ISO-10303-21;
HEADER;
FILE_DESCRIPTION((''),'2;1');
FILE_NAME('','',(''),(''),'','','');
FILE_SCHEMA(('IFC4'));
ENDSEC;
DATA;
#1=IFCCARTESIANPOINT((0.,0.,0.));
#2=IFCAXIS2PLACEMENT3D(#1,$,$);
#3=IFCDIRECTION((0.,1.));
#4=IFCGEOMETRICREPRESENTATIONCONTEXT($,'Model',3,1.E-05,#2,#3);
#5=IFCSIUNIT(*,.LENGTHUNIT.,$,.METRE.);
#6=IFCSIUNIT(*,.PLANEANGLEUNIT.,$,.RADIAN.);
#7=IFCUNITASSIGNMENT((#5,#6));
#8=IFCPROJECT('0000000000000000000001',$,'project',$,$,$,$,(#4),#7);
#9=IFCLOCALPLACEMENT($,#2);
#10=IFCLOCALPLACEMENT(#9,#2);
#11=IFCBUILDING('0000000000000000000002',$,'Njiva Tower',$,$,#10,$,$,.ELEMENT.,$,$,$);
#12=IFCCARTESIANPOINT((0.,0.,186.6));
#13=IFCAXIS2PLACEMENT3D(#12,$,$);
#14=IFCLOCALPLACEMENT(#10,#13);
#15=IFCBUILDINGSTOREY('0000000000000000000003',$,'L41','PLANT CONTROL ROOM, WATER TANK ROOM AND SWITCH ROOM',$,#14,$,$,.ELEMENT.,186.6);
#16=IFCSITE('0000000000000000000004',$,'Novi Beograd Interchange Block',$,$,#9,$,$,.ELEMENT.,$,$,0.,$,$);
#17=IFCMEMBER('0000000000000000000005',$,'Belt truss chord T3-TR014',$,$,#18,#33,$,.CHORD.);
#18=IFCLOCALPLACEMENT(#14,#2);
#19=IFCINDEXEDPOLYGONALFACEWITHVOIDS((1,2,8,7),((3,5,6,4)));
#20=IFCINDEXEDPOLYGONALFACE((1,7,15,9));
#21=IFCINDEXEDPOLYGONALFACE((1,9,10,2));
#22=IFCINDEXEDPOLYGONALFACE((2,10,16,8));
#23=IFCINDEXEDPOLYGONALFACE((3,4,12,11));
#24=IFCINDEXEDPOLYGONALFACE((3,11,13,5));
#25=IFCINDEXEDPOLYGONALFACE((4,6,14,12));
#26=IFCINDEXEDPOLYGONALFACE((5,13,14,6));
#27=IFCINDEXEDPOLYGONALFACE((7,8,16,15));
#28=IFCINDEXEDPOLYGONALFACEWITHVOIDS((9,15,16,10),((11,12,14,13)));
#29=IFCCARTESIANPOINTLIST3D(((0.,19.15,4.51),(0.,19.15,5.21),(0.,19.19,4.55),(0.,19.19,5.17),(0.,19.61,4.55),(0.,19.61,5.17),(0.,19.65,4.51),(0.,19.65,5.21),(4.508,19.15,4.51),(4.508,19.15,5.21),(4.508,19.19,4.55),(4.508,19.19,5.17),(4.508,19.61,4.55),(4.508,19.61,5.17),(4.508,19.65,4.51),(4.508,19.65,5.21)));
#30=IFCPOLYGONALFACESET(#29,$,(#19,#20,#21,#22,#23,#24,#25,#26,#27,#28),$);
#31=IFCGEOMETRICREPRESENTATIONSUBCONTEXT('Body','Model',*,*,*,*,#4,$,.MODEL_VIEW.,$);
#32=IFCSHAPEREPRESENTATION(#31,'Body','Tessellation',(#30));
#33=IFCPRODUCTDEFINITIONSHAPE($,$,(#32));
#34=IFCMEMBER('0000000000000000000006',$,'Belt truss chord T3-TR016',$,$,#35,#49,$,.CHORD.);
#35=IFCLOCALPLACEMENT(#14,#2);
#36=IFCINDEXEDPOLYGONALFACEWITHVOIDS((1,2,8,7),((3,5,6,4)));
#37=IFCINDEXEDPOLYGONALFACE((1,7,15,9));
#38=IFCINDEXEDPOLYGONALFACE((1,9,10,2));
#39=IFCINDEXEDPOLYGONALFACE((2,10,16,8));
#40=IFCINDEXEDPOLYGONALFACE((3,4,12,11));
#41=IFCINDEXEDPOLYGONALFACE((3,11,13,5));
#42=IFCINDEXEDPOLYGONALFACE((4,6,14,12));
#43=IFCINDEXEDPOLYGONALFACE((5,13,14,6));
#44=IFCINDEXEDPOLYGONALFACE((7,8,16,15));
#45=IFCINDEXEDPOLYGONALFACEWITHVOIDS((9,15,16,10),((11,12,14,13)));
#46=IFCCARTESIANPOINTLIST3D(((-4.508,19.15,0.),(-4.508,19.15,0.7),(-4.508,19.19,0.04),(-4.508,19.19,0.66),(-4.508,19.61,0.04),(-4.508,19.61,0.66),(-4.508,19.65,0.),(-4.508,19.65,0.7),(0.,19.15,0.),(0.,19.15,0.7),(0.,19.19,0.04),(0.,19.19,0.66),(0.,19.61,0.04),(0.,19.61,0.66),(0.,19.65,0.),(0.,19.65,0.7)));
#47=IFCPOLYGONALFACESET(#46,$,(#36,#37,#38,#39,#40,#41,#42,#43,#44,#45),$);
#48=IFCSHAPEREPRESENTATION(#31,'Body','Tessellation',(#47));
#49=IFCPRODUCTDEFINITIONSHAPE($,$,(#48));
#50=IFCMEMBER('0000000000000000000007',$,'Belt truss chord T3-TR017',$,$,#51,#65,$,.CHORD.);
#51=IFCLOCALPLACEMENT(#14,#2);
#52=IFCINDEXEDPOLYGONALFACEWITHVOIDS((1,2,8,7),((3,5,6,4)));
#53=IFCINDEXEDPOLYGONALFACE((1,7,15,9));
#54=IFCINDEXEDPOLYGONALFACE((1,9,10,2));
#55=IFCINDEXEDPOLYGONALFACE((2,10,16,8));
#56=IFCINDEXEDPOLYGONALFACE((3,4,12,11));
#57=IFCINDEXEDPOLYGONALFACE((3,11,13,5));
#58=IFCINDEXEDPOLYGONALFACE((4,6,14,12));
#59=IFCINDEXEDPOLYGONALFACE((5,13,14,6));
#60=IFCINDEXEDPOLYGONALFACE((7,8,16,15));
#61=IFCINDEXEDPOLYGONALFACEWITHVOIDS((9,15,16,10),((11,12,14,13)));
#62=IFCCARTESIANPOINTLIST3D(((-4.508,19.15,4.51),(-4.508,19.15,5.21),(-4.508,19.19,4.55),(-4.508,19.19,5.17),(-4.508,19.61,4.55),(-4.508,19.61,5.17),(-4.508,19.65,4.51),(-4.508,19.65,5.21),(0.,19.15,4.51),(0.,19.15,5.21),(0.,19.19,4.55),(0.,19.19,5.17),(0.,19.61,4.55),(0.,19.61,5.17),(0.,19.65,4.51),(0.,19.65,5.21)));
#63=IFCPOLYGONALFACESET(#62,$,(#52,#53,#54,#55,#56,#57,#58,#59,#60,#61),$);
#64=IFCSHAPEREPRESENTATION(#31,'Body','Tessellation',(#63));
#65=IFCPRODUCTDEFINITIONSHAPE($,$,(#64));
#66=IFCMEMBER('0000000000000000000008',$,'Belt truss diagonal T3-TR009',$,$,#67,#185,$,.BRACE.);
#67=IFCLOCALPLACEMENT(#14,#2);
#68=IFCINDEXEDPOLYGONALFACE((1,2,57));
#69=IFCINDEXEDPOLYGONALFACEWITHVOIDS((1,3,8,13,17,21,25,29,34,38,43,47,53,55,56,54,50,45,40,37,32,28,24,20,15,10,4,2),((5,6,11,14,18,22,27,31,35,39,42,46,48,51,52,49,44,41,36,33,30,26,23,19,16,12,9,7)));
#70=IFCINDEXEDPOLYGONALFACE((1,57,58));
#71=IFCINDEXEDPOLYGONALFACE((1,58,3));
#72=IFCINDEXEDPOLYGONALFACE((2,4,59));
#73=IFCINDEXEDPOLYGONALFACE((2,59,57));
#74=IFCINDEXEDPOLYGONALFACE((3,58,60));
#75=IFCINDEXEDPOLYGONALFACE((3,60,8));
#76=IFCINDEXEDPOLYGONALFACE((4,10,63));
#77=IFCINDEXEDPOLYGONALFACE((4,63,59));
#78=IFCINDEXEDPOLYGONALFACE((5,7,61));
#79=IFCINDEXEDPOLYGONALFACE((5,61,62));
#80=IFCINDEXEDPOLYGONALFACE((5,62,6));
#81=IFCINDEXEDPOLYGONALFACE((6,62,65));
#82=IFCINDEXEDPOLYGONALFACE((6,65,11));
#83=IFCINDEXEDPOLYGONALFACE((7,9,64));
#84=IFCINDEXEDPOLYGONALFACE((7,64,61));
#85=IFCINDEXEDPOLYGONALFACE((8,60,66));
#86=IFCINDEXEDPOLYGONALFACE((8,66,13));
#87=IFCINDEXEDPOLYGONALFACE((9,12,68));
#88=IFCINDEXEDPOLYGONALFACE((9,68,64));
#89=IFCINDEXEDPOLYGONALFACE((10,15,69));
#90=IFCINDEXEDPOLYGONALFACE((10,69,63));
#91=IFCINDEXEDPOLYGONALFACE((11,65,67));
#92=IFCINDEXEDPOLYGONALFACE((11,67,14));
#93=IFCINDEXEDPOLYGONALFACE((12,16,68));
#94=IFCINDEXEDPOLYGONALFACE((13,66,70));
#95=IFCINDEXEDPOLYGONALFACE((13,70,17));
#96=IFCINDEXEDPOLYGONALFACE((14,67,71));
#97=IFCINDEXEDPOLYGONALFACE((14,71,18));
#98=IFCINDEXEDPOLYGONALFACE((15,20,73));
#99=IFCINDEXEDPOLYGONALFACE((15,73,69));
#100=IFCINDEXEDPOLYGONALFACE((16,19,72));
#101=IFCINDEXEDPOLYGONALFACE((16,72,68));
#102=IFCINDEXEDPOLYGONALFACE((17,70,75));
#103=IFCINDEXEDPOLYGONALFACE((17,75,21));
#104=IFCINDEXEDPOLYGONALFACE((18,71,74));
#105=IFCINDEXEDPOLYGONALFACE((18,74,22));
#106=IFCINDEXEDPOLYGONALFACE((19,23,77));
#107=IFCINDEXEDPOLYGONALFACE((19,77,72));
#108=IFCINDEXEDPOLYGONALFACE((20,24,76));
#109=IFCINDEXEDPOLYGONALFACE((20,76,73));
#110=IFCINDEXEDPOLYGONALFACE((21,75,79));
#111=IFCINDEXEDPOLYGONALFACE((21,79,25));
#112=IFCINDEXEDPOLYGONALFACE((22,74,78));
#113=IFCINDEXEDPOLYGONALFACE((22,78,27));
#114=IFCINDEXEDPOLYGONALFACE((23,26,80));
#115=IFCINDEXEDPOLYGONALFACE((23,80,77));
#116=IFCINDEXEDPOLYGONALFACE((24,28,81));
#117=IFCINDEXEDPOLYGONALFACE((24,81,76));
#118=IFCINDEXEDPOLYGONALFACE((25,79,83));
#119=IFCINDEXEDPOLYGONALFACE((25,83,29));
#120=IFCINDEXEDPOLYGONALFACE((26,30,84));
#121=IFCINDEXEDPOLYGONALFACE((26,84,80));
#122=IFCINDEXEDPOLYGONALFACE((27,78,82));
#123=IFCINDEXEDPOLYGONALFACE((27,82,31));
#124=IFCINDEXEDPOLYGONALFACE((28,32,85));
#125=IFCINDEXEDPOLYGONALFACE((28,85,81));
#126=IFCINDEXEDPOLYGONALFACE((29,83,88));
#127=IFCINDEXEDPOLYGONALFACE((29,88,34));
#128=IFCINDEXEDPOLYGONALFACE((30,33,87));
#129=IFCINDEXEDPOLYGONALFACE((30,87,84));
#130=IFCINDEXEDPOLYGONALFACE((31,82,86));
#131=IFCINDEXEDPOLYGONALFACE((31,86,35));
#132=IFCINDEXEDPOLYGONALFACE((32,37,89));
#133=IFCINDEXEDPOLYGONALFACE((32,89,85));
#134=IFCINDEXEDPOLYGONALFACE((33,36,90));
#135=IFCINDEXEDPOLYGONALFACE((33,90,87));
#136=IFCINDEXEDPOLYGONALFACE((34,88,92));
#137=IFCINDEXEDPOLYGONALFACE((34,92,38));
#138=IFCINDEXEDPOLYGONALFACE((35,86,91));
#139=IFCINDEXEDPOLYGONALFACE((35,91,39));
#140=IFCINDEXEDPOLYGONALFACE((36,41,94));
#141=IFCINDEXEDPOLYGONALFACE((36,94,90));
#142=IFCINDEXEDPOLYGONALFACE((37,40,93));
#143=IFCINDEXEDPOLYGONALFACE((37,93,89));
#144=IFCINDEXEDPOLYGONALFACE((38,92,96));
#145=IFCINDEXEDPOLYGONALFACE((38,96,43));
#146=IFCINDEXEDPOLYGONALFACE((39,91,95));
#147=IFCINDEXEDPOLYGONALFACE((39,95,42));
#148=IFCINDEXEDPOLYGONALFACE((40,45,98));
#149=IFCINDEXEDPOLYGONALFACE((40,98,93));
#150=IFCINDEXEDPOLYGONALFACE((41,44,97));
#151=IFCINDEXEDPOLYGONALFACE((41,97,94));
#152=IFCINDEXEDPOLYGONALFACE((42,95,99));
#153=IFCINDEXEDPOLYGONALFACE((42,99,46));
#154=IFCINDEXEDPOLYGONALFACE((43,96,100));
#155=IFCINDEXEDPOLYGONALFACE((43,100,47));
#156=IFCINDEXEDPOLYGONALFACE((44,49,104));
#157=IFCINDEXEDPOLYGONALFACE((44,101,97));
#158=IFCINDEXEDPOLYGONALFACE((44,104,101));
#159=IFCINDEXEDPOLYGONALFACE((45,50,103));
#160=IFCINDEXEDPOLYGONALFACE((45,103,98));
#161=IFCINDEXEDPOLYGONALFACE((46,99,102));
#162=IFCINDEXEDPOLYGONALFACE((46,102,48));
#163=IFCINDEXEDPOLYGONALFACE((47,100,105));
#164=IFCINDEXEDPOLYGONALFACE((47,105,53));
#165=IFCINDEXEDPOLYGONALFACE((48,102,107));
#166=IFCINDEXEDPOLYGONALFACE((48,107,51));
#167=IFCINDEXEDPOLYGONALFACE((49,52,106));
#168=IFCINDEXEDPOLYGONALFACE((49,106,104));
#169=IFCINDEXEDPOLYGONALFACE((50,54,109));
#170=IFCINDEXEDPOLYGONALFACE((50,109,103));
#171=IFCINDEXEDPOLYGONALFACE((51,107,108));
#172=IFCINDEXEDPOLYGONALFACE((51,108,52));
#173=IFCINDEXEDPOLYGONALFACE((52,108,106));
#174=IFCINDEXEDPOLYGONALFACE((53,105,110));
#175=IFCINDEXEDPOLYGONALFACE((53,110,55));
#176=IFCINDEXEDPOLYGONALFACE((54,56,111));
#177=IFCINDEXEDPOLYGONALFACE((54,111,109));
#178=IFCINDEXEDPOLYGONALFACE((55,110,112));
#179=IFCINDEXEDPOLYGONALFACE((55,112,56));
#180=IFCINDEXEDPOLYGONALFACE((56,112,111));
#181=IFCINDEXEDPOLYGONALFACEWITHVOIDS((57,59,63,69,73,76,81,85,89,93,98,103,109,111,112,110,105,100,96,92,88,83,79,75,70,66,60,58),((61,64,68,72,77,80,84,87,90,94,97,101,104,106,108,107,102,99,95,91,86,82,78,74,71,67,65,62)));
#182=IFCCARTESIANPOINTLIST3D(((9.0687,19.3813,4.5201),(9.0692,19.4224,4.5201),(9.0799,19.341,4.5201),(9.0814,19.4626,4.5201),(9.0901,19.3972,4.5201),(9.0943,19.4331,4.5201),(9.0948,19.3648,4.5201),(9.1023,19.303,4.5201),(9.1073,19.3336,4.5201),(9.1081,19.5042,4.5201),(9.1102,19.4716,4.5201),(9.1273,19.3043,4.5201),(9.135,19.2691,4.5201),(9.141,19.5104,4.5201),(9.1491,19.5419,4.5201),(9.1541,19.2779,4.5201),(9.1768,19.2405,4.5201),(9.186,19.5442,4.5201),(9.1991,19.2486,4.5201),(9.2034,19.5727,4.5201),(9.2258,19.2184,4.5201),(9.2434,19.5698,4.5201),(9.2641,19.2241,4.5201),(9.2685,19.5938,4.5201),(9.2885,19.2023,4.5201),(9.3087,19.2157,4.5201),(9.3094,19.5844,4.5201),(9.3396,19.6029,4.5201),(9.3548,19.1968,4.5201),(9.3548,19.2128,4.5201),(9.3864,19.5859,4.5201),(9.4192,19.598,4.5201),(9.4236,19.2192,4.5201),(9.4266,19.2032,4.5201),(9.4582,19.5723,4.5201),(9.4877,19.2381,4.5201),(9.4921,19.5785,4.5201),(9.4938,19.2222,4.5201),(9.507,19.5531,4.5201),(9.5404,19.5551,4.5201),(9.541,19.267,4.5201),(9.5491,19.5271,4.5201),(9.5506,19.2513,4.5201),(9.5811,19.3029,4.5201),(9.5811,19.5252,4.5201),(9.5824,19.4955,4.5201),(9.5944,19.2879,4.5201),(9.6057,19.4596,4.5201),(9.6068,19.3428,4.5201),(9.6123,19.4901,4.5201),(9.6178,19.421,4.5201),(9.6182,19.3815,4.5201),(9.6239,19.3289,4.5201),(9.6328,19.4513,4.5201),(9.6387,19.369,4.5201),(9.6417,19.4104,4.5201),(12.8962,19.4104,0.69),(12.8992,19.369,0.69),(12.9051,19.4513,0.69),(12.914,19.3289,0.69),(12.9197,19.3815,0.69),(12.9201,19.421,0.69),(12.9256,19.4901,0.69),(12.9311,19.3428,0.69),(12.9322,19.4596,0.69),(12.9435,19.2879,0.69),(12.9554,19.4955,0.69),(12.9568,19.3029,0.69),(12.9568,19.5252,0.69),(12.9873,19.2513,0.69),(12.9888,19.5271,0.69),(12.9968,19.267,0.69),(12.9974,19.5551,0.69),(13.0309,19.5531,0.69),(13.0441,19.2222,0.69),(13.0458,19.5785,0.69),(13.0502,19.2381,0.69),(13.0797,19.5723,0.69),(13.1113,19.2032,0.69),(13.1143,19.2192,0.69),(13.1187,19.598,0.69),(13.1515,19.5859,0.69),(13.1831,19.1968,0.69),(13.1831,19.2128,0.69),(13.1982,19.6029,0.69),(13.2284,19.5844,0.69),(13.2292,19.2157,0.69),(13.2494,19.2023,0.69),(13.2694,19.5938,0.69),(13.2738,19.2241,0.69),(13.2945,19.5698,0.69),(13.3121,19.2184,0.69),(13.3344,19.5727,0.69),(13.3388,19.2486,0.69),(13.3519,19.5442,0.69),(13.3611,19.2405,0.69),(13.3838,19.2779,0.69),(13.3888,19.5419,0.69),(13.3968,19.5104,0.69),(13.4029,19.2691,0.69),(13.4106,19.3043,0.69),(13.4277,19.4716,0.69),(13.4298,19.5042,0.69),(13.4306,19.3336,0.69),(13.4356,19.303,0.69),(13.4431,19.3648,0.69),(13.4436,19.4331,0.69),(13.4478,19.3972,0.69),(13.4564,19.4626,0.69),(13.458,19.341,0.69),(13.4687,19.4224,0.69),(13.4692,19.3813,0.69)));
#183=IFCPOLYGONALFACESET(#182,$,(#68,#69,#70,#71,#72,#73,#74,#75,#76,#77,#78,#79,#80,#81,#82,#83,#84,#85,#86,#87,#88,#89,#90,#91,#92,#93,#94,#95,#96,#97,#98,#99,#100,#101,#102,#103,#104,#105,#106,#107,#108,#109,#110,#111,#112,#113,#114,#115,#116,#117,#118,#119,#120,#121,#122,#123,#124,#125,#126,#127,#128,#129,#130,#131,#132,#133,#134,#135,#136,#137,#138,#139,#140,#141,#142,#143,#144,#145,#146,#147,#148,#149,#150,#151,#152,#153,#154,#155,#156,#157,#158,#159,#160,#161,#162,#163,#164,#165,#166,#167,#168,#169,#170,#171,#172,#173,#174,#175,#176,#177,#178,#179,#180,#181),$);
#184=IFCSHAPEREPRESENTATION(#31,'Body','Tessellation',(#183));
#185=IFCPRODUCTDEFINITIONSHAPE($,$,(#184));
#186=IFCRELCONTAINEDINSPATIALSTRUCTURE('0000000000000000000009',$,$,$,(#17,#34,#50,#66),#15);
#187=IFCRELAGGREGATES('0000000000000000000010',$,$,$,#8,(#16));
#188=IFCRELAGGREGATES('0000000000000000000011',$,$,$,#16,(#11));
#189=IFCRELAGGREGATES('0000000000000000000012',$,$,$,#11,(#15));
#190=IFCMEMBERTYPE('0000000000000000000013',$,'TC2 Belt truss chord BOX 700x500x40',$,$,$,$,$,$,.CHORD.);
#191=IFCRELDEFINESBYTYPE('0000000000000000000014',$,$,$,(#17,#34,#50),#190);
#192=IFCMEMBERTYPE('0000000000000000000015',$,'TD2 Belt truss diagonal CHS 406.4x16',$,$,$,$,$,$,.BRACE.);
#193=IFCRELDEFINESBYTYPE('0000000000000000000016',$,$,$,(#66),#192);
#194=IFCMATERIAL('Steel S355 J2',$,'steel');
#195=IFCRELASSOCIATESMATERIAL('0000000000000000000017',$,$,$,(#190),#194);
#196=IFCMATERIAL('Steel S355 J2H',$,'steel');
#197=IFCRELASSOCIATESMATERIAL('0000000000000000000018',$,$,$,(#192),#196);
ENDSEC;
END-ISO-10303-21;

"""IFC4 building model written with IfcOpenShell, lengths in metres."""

from ifc_helpers import new_model, si_unit, direction, frame, origin, origin_2d, place, context, subcontext, project, spatial, hollow_rectangle, hollow_circle, extrude, clip, halfspace, material, material_profile, profile_set, type_object, element, save


model = new_model("IFC4")

# Units and contexts
model_context = context("Model", 3, precision=1e-05, world=origin(), true_north=direction((0.0, 1.0)))
body_context = subcontext(model_context, "Body", "Model", "MODEL_VIEW")
ifc_project = project(units=[si_unit("LENGTHUNIT", "METRE"), si_unit("PLANEANGLEUNIT", "RADIAN")], contexts=[model_context])

# Site, building, storey
site_placement = place(None, origin())
site = spatial("IfcSite", under=ifc_project, at=site_placement, Name="Novi Beograd Interchange Block", CompositionType="ELEMENT", RefElevation=0.0)
building_placement = place(site_placement, origin())
building = spatial("IfcBuilding", under=site, at=building_placement, Name="Njiva Tower", CompositionType="ELEMENT")
storey_placement = place(building_placement, frame((0.0, 0.0, 186.6)))
storey = spatial("IfcBuildingStorey", under=building, at=storey_placement, Name="L41", Description="PLANT CONTROL ROOM, WATER TANK ROOM AND SWITCH ROOM", CompositionType="ELEMENT", Elevation=186.6)

# Shared definitions
ifc_material_1 = material(Name="Steel S355 J2", Category="steel")

# Members
ifc_material_profile_1 = material_profile(ifc_material_1, hollow_rectangle(XDim=0.5, YDim=0.7, WallThickness=0.04, at=origin_2d()), Name="BOX 700x500x40")
ifc_profile_set_1 = profile_set([ifc_material_profile_1], Name="Steel S355 J2")
member_type_1 = type_object("IfcMemberType", Name="TC2 Belt truss chord BOX 700x500x40", PredefinedType="CHORD", material=ifc_profile_set_1)
for number, where, z_axis, x_axis, name in (
    (1, (4.508, 19.4, 4.86), (-1.0, 0.0, 0.0), (0.0, -1.0, 0.0), "Belt truss chord T3-TR014"),
    (2, (0.0, 19.4, 0.35), (-1.0, 0.0, 0.0), (0.0, -1.0, 0.0), "Belt truss chord T3-TR016"),
    (3, (0.0, 19.4, 4.86), (-1.0, 0.0, 0.0), (0.0, -1.0, 0.0), "Belt truss chord T3-TR017"),
):
    element("IfcMember", number, at=place(storey_placement, frame(where, z_axis=z_axis, x_axis=x_axis)), inside=storey, type_object=member_type_1, Name=name, PredefinedType="CHORD", context=body_context, shape_type="SweptSolid", body=[
        extrude(hollow_rectangle(XDim=0.5, YDim=0.7, WallThickness=0.04, at=origin_2d()), origin(), (0.0, 0.0, 1.0), 4.508),
    ])
ifc_material_2 = material(Name="Steel S355 J2H", Category="steel")
ifc_material_profile_2 = material_profile(ifc_material_2, hollow_circle(Radius=0.2032, WallThickness=0.016, at=origin_2d()), Name="CHS 406.4x16")
ifc_profile_set_2 = profile_set([ifc_material_profile_2], Name="Steel S355 J2H")
member_type_2 = type_object("IfcMemberType", Name="TD2 Belt truss diagonal CHS 406.4x16", PredefinedType="BRACE", material=ifc_profile_set_2)
member_1_placement = place(storey_placement, frame((13.6891, 19.4, 0.1838), z_axis=(-0.70695, 0.0, 0.707264), x_axis=(0.0, -1.0, 0.0)))
element("IfcMember", 4, at=member_1_placement, inside=storey, type_object=member_type_2, Name="Belt truss diagonal T3-TR009", PredefinedType="BRACE", context=body_context, shape_type="Clipping", body=[
    clip(clip(extrude(hollow_circle(Radius=0.2032, WallThickness=0.016, at=origin_2d()), origin(), (0.0, 0.0, 1.0), 6.8467), halfspace(frame((19.4, -9.324, 10.0356), z_axis=(0.0, -0.70695, -0.707264), x_axis=(0.0, -0.707264, 0.70695)), False)), halfspace(frame((19.4, -6.6163, 12.7444), z_axis=(0.0, 0.70695, 0.707264), x_axis=(0.0, 0.707264, -0.70695)), False)),
])

save(model, "model.ifc")
